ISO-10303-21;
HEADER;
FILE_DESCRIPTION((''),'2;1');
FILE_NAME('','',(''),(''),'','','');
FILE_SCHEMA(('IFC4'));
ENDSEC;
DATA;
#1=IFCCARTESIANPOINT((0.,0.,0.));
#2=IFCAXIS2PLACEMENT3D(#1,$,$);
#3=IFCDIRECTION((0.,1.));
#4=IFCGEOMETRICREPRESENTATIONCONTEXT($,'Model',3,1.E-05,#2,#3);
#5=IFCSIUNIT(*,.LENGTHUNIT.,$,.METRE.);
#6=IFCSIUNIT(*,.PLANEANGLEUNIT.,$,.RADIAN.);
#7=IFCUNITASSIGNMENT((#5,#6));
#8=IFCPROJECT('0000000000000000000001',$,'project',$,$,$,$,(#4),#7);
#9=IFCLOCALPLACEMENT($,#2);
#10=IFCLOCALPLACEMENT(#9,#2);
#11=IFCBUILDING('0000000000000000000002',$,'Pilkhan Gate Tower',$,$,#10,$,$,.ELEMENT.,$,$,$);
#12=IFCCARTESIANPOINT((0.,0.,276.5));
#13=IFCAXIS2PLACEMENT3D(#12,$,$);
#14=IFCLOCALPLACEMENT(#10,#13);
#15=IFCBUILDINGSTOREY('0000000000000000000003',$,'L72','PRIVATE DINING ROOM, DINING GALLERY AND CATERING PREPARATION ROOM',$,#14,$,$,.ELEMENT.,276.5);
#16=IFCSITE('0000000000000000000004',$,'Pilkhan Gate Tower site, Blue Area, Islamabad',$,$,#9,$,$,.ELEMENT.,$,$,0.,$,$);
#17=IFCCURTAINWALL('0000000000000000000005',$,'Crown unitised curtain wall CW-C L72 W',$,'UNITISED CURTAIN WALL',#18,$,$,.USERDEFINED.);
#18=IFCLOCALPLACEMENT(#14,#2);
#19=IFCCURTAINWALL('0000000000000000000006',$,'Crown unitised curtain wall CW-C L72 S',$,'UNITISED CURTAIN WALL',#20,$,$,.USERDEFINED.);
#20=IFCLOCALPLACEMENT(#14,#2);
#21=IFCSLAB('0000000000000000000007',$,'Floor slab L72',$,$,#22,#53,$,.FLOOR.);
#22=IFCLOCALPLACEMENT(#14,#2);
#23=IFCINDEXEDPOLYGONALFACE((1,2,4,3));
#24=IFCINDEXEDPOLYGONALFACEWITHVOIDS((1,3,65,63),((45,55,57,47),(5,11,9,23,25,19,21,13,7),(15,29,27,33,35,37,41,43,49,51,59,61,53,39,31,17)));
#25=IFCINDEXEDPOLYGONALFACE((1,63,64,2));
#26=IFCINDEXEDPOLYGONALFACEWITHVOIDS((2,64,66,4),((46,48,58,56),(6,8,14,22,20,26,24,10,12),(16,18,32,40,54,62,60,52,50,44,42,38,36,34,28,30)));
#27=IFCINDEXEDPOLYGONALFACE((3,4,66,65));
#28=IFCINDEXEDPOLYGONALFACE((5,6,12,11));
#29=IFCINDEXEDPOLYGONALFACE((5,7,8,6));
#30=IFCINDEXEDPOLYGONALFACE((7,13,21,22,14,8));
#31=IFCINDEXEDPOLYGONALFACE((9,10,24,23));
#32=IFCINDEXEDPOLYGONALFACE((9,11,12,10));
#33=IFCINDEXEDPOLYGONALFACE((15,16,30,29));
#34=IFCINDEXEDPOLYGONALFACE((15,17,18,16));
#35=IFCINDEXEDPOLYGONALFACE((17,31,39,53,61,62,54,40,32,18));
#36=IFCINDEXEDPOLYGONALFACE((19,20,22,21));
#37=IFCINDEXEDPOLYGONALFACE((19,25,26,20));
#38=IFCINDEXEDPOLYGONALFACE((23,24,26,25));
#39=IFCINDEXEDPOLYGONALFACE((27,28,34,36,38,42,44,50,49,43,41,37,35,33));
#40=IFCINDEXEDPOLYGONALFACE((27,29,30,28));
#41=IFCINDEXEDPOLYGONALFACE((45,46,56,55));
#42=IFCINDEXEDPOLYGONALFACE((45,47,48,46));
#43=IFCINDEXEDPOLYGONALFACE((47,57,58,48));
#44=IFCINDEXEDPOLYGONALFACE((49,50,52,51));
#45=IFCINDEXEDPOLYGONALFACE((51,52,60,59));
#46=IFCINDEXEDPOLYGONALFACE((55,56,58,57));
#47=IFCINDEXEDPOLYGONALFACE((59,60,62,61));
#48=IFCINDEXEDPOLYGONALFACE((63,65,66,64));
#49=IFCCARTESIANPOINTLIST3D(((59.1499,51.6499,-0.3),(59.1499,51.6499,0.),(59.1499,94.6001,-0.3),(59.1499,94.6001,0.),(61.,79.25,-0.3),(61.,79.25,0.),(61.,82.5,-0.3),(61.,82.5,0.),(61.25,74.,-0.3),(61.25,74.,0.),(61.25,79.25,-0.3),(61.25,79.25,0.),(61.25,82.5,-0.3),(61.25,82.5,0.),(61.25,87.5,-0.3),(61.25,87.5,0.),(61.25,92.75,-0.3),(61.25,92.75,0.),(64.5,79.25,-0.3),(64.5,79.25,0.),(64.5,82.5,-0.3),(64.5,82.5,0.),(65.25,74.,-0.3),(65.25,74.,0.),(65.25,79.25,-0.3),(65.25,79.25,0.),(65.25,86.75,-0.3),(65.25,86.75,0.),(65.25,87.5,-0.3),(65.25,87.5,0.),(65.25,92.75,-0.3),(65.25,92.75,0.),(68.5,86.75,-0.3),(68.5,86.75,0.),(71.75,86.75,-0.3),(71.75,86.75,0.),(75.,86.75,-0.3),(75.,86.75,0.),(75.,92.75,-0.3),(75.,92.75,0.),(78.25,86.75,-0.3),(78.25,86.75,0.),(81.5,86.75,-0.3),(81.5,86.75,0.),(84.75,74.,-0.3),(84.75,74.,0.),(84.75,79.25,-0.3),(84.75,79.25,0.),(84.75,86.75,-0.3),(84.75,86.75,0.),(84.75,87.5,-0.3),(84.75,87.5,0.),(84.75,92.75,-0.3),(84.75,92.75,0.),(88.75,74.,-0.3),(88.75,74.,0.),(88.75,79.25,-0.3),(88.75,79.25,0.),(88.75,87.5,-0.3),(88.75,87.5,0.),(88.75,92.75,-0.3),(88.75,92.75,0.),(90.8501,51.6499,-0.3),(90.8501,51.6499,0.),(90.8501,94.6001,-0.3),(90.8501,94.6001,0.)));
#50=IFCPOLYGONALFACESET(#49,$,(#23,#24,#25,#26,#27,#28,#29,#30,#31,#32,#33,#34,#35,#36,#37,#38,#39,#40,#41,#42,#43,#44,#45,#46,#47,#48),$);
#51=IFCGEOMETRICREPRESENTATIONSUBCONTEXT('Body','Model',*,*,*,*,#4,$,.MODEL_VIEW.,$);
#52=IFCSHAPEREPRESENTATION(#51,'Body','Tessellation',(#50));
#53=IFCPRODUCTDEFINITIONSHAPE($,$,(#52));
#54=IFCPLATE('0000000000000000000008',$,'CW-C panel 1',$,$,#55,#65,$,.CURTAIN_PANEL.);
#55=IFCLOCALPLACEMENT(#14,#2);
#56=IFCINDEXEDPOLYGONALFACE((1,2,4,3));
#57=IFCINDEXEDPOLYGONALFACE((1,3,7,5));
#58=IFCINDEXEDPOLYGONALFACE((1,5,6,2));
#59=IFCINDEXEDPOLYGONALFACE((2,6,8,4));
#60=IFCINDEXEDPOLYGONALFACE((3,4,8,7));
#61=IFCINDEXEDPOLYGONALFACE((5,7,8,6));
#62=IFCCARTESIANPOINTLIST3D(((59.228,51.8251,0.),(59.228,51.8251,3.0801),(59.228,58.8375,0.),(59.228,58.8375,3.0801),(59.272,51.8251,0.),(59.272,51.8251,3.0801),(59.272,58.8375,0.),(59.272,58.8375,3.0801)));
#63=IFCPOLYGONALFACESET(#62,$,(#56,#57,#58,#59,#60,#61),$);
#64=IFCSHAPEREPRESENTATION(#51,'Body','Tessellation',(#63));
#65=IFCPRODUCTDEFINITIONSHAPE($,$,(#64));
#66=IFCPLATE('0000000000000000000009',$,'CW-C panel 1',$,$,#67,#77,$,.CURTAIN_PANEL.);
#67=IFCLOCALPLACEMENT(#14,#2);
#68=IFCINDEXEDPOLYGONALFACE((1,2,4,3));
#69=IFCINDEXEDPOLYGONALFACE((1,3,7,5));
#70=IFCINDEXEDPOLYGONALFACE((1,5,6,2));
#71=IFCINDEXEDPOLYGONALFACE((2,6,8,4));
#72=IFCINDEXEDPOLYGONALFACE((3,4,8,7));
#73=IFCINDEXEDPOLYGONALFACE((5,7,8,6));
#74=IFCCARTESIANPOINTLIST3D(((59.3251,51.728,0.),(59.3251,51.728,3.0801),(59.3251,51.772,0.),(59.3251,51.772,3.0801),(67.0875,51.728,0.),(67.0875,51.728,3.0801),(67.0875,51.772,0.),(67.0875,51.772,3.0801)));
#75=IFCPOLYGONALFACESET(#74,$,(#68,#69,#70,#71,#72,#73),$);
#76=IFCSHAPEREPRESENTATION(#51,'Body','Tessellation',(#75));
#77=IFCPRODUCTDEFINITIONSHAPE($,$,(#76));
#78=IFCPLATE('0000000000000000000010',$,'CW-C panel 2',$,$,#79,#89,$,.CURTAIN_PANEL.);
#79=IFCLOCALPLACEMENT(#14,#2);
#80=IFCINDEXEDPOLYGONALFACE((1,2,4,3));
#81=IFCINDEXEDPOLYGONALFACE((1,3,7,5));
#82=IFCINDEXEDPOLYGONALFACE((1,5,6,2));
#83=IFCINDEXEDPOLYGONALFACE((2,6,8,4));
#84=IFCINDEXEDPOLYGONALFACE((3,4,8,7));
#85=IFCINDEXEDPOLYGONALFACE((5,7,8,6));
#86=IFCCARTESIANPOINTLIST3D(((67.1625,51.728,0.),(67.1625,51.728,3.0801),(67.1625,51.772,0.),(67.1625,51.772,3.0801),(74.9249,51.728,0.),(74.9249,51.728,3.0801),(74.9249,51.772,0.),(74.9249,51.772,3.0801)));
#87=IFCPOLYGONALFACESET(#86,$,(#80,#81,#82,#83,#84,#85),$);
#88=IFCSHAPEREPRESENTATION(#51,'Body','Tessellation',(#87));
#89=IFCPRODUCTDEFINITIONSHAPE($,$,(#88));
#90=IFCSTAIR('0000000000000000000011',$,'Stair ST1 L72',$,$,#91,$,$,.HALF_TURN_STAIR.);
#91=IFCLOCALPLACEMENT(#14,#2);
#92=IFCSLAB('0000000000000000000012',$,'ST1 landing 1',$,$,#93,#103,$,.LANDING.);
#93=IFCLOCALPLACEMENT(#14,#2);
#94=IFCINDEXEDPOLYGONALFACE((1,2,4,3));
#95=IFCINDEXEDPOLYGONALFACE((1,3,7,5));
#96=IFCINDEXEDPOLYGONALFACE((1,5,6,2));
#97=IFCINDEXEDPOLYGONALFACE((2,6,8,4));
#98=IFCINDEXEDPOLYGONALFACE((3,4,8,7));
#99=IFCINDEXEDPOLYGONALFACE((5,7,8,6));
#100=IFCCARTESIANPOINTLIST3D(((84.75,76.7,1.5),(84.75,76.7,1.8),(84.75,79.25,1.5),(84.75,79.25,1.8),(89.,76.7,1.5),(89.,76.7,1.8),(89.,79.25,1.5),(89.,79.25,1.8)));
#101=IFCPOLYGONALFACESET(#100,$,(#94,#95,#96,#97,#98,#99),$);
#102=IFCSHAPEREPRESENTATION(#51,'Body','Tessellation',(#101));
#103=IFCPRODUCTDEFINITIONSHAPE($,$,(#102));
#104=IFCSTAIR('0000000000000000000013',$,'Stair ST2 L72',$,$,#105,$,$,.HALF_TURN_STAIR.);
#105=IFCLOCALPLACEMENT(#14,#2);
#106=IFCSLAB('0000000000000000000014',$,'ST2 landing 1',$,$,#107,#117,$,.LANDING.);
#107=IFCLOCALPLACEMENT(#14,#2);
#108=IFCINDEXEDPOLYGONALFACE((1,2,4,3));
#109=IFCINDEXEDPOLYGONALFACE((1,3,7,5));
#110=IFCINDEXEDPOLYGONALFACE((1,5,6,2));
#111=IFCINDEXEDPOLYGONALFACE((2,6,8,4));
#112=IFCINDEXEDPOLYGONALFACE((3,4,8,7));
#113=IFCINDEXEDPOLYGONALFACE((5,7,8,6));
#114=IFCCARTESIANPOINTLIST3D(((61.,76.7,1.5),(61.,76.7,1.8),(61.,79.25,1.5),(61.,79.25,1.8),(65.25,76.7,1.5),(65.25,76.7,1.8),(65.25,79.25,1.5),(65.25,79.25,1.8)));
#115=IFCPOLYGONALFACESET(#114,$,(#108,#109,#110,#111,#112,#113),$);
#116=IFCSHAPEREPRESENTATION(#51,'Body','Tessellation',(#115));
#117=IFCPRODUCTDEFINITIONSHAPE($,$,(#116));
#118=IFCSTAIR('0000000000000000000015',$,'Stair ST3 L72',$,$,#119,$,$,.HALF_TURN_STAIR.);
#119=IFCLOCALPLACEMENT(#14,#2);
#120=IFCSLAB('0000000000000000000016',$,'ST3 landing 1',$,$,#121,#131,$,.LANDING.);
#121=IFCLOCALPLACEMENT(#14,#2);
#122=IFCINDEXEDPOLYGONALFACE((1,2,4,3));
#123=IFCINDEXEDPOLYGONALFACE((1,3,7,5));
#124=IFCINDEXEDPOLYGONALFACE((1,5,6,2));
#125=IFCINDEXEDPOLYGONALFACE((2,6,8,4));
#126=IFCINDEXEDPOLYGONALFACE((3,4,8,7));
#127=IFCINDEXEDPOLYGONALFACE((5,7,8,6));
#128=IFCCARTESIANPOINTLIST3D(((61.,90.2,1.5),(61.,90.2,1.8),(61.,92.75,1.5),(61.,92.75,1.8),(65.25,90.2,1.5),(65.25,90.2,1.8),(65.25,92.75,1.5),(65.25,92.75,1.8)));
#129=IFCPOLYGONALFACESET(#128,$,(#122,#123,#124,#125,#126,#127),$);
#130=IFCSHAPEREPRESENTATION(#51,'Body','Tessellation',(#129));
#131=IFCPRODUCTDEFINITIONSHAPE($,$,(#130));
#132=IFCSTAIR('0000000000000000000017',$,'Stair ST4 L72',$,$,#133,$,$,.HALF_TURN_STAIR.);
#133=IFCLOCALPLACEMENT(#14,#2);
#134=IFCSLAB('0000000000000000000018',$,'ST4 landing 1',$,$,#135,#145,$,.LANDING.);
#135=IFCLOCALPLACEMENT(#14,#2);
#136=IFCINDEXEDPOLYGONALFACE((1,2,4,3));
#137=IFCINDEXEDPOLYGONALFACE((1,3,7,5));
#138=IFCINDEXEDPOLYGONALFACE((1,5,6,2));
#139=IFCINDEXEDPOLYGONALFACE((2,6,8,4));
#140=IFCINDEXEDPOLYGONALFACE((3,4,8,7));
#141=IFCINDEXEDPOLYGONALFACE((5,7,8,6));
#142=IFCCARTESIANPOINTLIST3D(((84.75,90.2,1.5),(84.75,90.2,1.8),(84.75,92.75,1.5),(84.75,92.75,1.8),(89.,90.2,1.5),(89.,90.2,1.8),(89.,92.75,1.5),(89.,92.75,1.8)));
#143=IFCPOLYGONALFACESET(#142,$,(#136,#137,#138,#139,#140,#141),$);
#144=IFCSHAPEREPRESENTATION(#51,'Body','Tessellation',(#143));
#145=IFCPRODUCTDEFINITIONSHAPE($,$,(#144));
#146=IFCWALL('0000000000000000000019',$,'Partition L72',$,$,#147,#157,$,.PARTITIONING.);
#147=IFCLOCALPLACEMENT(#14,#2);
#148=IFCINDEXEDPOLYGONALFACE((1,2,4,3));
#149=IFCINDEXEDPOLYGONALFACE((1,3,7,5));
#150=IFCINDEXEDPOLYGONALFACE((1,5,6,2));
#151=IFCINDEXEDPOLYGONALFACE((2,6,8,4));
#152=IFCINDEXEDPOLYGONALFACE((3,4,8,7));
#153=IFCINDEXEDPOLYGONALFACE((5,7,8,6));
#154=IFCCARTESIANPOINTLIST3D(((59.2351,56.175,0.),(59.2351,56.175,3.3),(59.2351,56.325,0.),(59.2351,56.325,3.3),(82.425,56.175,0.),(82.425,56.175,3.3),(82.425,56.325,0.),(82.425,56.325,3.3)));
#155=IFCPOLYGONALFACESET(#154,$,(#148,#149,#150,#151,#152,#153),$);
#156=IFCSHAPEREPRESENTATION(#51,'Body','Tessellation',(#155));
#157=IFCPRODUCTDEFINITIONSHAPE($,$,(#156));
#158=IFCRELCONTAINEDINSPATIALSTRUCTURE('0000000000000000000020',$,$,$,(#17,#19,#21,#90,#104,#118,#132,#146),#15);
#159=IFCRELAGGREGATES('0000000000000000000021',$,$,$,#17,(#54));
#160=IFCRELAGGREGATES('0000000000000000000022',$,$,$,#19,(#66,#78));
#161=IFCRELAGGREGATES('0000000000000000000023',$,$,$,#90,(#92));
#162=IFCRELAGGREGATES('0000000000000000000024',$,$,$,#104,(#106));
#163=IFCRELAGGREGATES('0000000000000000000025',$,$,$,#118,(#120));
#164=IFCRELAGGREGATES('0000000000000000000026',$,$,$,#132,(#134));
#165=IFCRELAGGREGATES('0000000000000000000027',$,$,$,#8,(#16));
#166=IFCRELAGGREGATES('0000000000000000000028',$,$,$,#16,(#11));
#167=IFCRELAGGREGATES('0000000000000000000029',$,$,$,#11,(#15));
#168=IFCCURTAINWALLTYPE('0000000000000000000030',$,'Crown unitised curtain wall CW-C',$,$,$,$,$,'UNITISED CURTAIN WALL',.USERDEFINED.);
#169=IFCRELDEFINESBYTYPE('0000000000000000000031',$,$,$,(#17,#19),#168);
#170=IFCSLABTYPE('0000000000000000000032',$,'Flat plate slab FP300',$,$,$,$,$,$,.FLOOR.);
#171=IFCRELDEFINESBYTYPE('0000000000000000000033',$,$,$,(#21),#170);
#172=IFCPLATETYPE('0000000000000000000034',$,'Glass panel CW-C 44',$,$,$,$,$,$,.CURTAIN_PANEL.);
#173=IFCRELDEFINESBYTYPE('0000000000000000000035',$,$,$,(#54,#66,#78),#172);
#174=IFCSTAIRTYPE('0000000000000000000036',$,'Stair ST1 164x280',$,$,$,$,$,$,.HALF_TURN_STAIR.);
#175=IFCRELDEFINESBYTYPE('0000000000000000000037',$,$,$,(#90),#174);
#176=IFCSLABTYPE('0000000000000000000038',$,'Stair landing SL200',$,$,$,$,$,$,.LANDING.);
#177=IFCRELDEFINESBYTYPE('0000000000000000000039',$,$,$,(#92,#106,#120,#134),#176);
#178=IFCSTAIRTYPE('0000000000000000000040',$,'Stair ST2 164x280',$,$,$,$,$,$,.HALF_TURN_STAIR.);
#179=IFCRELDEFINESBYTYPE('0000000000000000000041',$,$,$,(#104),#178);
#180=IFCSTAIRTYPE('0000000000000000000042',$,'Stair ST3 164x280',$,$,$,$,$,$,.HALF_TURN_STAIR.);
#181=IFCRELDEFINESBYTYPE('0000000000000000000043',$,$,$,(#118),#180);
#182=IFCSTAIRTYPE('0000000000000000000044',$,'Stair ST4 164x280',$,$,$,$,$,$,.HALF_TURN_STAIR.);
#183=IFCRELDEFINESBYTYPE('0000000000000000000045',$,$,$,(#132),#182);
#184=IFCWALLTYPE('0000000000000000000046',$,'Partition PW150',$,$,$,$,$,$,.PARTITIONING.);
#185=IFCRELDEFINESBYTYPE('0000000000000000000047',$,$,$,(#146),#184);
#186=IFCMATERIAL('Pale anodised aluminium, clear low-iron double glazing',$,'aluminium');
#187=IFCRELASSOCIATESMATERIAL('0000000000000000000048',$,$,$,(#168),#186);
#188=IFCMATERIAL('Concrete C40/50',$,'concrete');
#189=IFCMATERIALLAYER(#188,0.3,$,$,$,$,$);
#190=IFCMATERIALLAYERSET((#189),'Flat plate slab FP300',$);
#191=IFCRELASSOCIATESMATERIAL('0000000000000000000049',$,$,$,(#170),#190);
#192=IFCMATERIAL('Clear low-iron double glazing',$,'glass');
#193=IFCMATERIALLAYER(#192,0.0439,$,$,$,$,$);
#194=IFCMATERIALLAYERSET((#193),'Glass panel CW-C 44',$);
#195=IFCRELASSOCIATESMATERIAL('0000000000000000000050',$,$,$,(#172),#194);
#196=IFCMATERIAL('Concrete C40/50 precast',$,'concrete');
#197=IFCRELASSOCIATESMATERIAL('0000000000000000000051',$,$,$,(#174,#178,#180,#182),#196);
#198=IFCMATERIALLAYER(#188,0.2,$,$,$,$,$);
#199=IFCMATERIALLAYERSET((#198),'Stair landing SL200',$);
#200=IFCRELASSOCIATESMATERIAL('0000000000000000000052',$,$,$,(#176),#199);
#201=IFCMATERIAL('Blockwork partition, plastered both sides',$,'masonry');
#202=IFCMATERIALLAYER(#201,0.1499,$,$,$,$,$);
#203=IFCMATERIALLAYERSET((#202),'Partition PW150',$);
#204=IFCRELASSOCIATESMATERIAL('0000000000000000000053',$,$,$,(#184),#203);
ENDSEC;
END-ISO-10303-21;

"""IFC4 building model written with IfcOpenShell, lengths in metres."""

from ifc_helpers import new_model, si_unit, direction, frame, frame_2d, origin, origin_2d, place, context, subcontext, project, spatial, polyline, rectangle, outline, extrude, material, layer, layer_set, type_object, element, aggregate, save


model = new_model("IFC4")

# Units and contexts
model_context = context("Model", 3, precision=1e-05, world=origin(), true_north=direction((0.0, 1.0)))
body_context = subcontext(model_context, "Body", "Model", "MODEL_VIEW")
ifc_project = project(units=[si_unit("LENGTHUNIT", "METRE"), si_unit("PLANEANGLEUNIT", "RADIAN")], contexts=[model_context])

# Site, building, storey
site_placement = place(None, origin())
site = spatial("IfcSite", under=ifc_project, at=site_placement, Name="Pilkhan Gate Tower site, Blue Area, Islamabad", CompositionType="ELEMENT", RefElevation=0.0)
building_placement = place(site_placement, origin())
building = spatial("IfcBuilding", under=site, at=building_placement, Name="Pilkhan Gate Tower", CompositionType="ELEMENT")
storey_placement = place(building_placement, frame((0.0, 0.0, 276.5)))
storey = spatial("IfcBuildingStorey", under=building, at=storey_placement, Name="L72", Description="PRIVATE DINING ROOM, DINING GALLERY AND CATERING PREPARATION ROOM", CompositionType="ELEMENT", Elevation=276.5)

# Shared definitions
ifc_material_1 = material(Name="Concrete C40/50", Category="concrete")

# Curtain walls
ifc_material_2 = material(Name="Pale anodised aluminium, clear low-iron double glazing", Category="aluminium")
curtain_wall_type = type_object("IfcCurtainWallType", Name="Crown unitised curtain wall CW-C", ElementType="UNITISED CURTAIN WALL", PredefinedType="USERDEFINED", material=ifc_material_2)
curtain_wall_1_placement = place(storey_placement, origin())
curtain_wall_1 = element("IfcCurtainWall", 1, at=curtain_wall_1_placement, inside=storey, type_object=curtain_wall_type, Name="Crown unitised curtain wall CW-C L72 W", ObjectType="UNITISED CURTAIN WALL", PredefinedType="USERDEFINED")
curtain_wall_2_placement = place(storey_placement, origin())
curtain_wall_2 = element("IfcCurtainWall", 2, at=curtain_wall_2_placement, inside=storey, type_object=curtain_wall_type, Name="Crown unitised curtain wall CW-C L72 S", ObjectType="UNITISED CURTAIN WALL", PredefinedType="USERDEFINED")

# Slab
ifc_layer_1 = layer(ifc_material_1, 0.3)
ifc_layer_set_1 = layer_set([ifc_layer_1], Name="Flat plate slab FP300")
slab_type_1 = type_object("IfcSlabType", Name="Flat plate slab FP300", PredefinedType="FLOOR", material=ifc_layer_set_1)
slab_1_placement = place(storey_placement, frame((0.0, 0.0, -0.3)))
element("IfcSlab", 3, at=slab_1_placement, inside=storey, type_object=slab_type_1, Name="Floor slab L72", PredefinedType="FLOOR", context=body_context, shape_type="SweptSolid", body=[
    extrude(outline(polyline([(59.1499, 94.6001), (90.8501, 94.6001), (90.8501, 51.6499), (59.1499, 51.6499), (59.1499, 94.6001)]), holes=[polyline([(78.25, 86.75), (81.5, 86.75), (84.75, 86.75), (84.75, 87.5), (88.75, 87.5), (88.75, 92.75), (84.75, 92.75), (75.0, 92.75), (65.25, 92.75), (61.25, 92.75), (61.25, 87.5), (65.25, 87.5), (65.25, 86.75), (68.5, 86.75), (71.75, 86.75), (75.0, 86.75), (78.25, 86.75)]), polyline([(84.75, 79.25), (84.75, 74.0), (88.75, 74.0), (88.75, 79.25), (84.75, 79.25)]), polyline([(65.25, 79.25), (64.5, 79.25), (64.5, 82.5), (61.25, 82.5), (61.0, 82.5), (61.0, 79.25), (61.25, 79.25), (61.25, 74.0), (65.25, 74.0), (65.25, 79.25)])]), origin(), (0.0, 0.0, 1.0), 0.3),
])

# Plates
ifc_material_3 = material(Name="Clear low-iron double glazing", Category="glass")
ifc_layer_2 = layer(ifc_material_3, 0.0439)
ifc_layer_set_2 = layer_set([ifc_layer_2], Name="Glass panel CW-C 44")
plate_type = type_object("IfcPlateType", Name="Glass panel CW-C 44", PredefinedType="CURTAIN_PANEL", material=ifc_layer_set_2)
plate_1_placement = place(storey_placement, frame((59.25, 55.3313, 0.0), z_axis=(0.0, 0.0, 1.0), x_axis=(0.0, 1.0, 0.0)))
plate_1 = element("IfcPlate", 4, at=plate_1_placement, type_object=plate_type, Name="CW-C panel 1", PredefinedType="CURTAIN_PANEL", context=body_context, shape_type="SweptSolid", body=[
    extrude(rectangle(XDim=7.0125, YDim=0.0439, at=origin_2d()), origin(), (0.0, 0.0, 1.0), 3.0801),
])
aggregate(curtain_wall_1, [plate_1])
plate_2_placement = place(storey_placement, frame((63.2063, 51.75, 0.0), z_axis=(0.0, 0.0, 1.0), x_axis=(1.0, 0.0, 0.0)))
plate_2 = element("IfcPlate", 5, at=plate_2_placement, type_object=plate_type, Name="CW-C panel 1", PredefinedType="CURTAIN_PANEL", context=body_context, shape_type="SweptSolid", body=[
    extrude(rectangle(XDim=7.7625, YDim=0.0439, at=origin_2d()), origin(), (0.0, 0.0, 1.0), 3.0801),
])
plate_3_placement = place(storey_placement, frame((71.0437, 51.75, 0.0), z_axis=(0.0, 0.0, 1.0), x_axis=(1.0, 0.0, 0.0)))
plate_3 = element("IfcPlate", 6, at=plate_3_placement, type_object=plate_type, Name="CW-C panel 2", PredefinedType="CURTAIN_PANEL", context=body_context, shape_type="SweptSolid", body=[
    extrude(rectangle(XDim=7.7625, YDim=0.0439, at=origin_2d()), origin(), (0.0, 0.0, 1.0), 3.0801),
])
aggregate(curtain_wall_2, [plate_2, plate_3])

# Stairs, slabs
ifc_material_4 = material(Name="Concrete C40/50 precast", Category="concrete")
stair_type_1 = type_object("IfcStairType", Name="Stair ST1 164x280", PredefinedType="HALF_TURN_STAIR", material=ifc_material_4)
stair_1_placement = place(storey_placement, origin())
stair_1 = element("IfcStair", 7, at=stair_1_placement, inside=storey, type_object=stair_type_1, Name="Stair ST1 L72", PredefinedType="HALF_TURN_STAIR")
ifc_layer_3 = layer(ifc_material_1, 0.2)
ifc_layer_set_3 = layer_set([ifc_layer_3], Name="Stair landing SL200")
slab_type_2 = type_object("IfcSlabType", Name="Stair landing SL200", PredefinedType="LANDING", material=ifc_layer_set_3)
slab_2_placement = place(storey_placement, frame((0.0, 0.0, 1.5)))
slab_2 = element("IfcSlab", 8, at=slab_2_placement, type_object=slab_type_2, Name="ST1 landing 1", PredefinedType="LANDING", context=body_context, shape_type="SweptSolid", body=[
    extrude(outline(polyline([(89.0, 76.7), (89.0, 79.25), (84.75, 79.25), (84.75, 76.7), (89.0, 76.7)])), origin(), (0.0, 0.0, 1.0), 0.3),
])
aggregate(stair_1, [slab_2])
stair_type_2 = type_object("IfcStairType", Name="Stair ST2 164x280", PredefinedType="HALF_TURN_STAIR", material=ifc_material_4)
stair_2_placement = place(storey_placement, origin())
stair_2 = element("IfcStair", 9, at=stair_2_placement, inside=storey, type_object=stair_type_2, Name="Stair ST2 L72", PredefinedType="HALF_TURN_STAIR")
slab_3_placement = place(storey_placement, frame((0.0, 0.0, 1.5)))
slab_3 = element("IfcSlab", 10, at=slab_3_placement, type_object=slab_type_2, Name="ST2 landing 1", PredefinedType="LANDING", context=body_context, shape_type="SweptSolid", body=[
    extrude(outline(polyline([(65.25, 76.7), (65.25, 79.25), (61.0, 79.25), (61.0, 76.7), (65.25, 76.7)])), origin(), (0.0, 0.0, 1.0), 0.3),
])
aggregate(stair_2, [slab_3])
stair_type_3 = type_object("IfcStairType", Name="Stair ST3 164x280", PredefinedType="HALF_TURN_STAIR", material=ifc_material_4)
stair_3_placement = place(storey_placement, origin())
stair_3 = element("IfcStair", 11, at=stair_3_placement, inside=storey, type_object=stair_type_3, Name="Stair ST3 L72", PredefinedType="HALF_TURN_STAIR")
slab_4_placement = place(storey_placement, frame((0.0, 0.0, 1.5)))
slab_4 = element("IfcSlab", 12, at=slab_4_placement, type_object=slab_type_2, Name="ST3 landing 1", PredefinedType="LANDING", context=body_context, shape_type="SweptSolid", body=[
    extrude(outline(polyline([(65.25, 90.2), (65.25, 92.75), (61.0, 92.75), (61.0, 90.2), (65.25, 90.2)])), origin(), (0.0, 0.0, 1.0), 0.3),
])
aggregate(stair_3, [slab_4])
stair_type_4 = type_object("IfcStairType", Name="Stair ST4 164x280", PredefinedType="HALF_TURN_STAIR", material=ifc_material_4)
stair_4_placement = place(storey_placement, origin())
stair_4 = element("IfcStair", 13, at=stair_4_placement, inside=storey, type_object=stair_type_4, Name="Stair ST4 L72", PredefinedType="HALF_TURN_STAIR")
slab_5_placement = place(storey_placement, frame((0.0, 0.0, 1.5)))
slab_5 = element("IfcSlab", 14, at=slab_5_placement, type_object=slab_type_2, Name="ST4 landing 1", PredefinedType="LANDING", context=body_context, shape_type="SweptSolid", body=[
    extrude(outline(polyline([(89.0, 90.2), (89.0, 92.75), (84.75, 92.75), (84.75, 90.2), (89.0, 90.2)])), origin(), (0.0, 0.0, 1.0), 0.3),
])
aggregate(stair_4, [slab_5])

# Wall
ifc_material_5 = material(Name="Blockwork partition, plastered both sides", Category="masonry")
ifc_layer_4 = layer(ifc_material_5, 0.1499)
ifc_layer_set_4 = layer_set([ifc_layer_4], Name="Partition PW150")
wall_type = type_object("IfcWallType", Name="Partition PW150", PredefinedType="PARTITIONING", material=ifc_layer_set_4)
wall_placement = place(storey_placement, frame((59.2351, 56.25, 0.0), z_axis=(0.0, 0.0, 1.0), x_axis=(1.0, 0.0, 0.0)))
element("IfcWall", 15, at=wall_placement, inside=storey, type_object=wall_type, Name="Partition L72", PredefinedType="PARTITIONING", context=body_context, shape_type="SweptSolid", body=[
    extrude(rectangle(XDim=23.1899, YDim=0.1499, at=frame_2d((11.595, 0.0))), origin(), (0.0, 0.0, 1.0), 3.3),
])

save(model, "model.ifc")
